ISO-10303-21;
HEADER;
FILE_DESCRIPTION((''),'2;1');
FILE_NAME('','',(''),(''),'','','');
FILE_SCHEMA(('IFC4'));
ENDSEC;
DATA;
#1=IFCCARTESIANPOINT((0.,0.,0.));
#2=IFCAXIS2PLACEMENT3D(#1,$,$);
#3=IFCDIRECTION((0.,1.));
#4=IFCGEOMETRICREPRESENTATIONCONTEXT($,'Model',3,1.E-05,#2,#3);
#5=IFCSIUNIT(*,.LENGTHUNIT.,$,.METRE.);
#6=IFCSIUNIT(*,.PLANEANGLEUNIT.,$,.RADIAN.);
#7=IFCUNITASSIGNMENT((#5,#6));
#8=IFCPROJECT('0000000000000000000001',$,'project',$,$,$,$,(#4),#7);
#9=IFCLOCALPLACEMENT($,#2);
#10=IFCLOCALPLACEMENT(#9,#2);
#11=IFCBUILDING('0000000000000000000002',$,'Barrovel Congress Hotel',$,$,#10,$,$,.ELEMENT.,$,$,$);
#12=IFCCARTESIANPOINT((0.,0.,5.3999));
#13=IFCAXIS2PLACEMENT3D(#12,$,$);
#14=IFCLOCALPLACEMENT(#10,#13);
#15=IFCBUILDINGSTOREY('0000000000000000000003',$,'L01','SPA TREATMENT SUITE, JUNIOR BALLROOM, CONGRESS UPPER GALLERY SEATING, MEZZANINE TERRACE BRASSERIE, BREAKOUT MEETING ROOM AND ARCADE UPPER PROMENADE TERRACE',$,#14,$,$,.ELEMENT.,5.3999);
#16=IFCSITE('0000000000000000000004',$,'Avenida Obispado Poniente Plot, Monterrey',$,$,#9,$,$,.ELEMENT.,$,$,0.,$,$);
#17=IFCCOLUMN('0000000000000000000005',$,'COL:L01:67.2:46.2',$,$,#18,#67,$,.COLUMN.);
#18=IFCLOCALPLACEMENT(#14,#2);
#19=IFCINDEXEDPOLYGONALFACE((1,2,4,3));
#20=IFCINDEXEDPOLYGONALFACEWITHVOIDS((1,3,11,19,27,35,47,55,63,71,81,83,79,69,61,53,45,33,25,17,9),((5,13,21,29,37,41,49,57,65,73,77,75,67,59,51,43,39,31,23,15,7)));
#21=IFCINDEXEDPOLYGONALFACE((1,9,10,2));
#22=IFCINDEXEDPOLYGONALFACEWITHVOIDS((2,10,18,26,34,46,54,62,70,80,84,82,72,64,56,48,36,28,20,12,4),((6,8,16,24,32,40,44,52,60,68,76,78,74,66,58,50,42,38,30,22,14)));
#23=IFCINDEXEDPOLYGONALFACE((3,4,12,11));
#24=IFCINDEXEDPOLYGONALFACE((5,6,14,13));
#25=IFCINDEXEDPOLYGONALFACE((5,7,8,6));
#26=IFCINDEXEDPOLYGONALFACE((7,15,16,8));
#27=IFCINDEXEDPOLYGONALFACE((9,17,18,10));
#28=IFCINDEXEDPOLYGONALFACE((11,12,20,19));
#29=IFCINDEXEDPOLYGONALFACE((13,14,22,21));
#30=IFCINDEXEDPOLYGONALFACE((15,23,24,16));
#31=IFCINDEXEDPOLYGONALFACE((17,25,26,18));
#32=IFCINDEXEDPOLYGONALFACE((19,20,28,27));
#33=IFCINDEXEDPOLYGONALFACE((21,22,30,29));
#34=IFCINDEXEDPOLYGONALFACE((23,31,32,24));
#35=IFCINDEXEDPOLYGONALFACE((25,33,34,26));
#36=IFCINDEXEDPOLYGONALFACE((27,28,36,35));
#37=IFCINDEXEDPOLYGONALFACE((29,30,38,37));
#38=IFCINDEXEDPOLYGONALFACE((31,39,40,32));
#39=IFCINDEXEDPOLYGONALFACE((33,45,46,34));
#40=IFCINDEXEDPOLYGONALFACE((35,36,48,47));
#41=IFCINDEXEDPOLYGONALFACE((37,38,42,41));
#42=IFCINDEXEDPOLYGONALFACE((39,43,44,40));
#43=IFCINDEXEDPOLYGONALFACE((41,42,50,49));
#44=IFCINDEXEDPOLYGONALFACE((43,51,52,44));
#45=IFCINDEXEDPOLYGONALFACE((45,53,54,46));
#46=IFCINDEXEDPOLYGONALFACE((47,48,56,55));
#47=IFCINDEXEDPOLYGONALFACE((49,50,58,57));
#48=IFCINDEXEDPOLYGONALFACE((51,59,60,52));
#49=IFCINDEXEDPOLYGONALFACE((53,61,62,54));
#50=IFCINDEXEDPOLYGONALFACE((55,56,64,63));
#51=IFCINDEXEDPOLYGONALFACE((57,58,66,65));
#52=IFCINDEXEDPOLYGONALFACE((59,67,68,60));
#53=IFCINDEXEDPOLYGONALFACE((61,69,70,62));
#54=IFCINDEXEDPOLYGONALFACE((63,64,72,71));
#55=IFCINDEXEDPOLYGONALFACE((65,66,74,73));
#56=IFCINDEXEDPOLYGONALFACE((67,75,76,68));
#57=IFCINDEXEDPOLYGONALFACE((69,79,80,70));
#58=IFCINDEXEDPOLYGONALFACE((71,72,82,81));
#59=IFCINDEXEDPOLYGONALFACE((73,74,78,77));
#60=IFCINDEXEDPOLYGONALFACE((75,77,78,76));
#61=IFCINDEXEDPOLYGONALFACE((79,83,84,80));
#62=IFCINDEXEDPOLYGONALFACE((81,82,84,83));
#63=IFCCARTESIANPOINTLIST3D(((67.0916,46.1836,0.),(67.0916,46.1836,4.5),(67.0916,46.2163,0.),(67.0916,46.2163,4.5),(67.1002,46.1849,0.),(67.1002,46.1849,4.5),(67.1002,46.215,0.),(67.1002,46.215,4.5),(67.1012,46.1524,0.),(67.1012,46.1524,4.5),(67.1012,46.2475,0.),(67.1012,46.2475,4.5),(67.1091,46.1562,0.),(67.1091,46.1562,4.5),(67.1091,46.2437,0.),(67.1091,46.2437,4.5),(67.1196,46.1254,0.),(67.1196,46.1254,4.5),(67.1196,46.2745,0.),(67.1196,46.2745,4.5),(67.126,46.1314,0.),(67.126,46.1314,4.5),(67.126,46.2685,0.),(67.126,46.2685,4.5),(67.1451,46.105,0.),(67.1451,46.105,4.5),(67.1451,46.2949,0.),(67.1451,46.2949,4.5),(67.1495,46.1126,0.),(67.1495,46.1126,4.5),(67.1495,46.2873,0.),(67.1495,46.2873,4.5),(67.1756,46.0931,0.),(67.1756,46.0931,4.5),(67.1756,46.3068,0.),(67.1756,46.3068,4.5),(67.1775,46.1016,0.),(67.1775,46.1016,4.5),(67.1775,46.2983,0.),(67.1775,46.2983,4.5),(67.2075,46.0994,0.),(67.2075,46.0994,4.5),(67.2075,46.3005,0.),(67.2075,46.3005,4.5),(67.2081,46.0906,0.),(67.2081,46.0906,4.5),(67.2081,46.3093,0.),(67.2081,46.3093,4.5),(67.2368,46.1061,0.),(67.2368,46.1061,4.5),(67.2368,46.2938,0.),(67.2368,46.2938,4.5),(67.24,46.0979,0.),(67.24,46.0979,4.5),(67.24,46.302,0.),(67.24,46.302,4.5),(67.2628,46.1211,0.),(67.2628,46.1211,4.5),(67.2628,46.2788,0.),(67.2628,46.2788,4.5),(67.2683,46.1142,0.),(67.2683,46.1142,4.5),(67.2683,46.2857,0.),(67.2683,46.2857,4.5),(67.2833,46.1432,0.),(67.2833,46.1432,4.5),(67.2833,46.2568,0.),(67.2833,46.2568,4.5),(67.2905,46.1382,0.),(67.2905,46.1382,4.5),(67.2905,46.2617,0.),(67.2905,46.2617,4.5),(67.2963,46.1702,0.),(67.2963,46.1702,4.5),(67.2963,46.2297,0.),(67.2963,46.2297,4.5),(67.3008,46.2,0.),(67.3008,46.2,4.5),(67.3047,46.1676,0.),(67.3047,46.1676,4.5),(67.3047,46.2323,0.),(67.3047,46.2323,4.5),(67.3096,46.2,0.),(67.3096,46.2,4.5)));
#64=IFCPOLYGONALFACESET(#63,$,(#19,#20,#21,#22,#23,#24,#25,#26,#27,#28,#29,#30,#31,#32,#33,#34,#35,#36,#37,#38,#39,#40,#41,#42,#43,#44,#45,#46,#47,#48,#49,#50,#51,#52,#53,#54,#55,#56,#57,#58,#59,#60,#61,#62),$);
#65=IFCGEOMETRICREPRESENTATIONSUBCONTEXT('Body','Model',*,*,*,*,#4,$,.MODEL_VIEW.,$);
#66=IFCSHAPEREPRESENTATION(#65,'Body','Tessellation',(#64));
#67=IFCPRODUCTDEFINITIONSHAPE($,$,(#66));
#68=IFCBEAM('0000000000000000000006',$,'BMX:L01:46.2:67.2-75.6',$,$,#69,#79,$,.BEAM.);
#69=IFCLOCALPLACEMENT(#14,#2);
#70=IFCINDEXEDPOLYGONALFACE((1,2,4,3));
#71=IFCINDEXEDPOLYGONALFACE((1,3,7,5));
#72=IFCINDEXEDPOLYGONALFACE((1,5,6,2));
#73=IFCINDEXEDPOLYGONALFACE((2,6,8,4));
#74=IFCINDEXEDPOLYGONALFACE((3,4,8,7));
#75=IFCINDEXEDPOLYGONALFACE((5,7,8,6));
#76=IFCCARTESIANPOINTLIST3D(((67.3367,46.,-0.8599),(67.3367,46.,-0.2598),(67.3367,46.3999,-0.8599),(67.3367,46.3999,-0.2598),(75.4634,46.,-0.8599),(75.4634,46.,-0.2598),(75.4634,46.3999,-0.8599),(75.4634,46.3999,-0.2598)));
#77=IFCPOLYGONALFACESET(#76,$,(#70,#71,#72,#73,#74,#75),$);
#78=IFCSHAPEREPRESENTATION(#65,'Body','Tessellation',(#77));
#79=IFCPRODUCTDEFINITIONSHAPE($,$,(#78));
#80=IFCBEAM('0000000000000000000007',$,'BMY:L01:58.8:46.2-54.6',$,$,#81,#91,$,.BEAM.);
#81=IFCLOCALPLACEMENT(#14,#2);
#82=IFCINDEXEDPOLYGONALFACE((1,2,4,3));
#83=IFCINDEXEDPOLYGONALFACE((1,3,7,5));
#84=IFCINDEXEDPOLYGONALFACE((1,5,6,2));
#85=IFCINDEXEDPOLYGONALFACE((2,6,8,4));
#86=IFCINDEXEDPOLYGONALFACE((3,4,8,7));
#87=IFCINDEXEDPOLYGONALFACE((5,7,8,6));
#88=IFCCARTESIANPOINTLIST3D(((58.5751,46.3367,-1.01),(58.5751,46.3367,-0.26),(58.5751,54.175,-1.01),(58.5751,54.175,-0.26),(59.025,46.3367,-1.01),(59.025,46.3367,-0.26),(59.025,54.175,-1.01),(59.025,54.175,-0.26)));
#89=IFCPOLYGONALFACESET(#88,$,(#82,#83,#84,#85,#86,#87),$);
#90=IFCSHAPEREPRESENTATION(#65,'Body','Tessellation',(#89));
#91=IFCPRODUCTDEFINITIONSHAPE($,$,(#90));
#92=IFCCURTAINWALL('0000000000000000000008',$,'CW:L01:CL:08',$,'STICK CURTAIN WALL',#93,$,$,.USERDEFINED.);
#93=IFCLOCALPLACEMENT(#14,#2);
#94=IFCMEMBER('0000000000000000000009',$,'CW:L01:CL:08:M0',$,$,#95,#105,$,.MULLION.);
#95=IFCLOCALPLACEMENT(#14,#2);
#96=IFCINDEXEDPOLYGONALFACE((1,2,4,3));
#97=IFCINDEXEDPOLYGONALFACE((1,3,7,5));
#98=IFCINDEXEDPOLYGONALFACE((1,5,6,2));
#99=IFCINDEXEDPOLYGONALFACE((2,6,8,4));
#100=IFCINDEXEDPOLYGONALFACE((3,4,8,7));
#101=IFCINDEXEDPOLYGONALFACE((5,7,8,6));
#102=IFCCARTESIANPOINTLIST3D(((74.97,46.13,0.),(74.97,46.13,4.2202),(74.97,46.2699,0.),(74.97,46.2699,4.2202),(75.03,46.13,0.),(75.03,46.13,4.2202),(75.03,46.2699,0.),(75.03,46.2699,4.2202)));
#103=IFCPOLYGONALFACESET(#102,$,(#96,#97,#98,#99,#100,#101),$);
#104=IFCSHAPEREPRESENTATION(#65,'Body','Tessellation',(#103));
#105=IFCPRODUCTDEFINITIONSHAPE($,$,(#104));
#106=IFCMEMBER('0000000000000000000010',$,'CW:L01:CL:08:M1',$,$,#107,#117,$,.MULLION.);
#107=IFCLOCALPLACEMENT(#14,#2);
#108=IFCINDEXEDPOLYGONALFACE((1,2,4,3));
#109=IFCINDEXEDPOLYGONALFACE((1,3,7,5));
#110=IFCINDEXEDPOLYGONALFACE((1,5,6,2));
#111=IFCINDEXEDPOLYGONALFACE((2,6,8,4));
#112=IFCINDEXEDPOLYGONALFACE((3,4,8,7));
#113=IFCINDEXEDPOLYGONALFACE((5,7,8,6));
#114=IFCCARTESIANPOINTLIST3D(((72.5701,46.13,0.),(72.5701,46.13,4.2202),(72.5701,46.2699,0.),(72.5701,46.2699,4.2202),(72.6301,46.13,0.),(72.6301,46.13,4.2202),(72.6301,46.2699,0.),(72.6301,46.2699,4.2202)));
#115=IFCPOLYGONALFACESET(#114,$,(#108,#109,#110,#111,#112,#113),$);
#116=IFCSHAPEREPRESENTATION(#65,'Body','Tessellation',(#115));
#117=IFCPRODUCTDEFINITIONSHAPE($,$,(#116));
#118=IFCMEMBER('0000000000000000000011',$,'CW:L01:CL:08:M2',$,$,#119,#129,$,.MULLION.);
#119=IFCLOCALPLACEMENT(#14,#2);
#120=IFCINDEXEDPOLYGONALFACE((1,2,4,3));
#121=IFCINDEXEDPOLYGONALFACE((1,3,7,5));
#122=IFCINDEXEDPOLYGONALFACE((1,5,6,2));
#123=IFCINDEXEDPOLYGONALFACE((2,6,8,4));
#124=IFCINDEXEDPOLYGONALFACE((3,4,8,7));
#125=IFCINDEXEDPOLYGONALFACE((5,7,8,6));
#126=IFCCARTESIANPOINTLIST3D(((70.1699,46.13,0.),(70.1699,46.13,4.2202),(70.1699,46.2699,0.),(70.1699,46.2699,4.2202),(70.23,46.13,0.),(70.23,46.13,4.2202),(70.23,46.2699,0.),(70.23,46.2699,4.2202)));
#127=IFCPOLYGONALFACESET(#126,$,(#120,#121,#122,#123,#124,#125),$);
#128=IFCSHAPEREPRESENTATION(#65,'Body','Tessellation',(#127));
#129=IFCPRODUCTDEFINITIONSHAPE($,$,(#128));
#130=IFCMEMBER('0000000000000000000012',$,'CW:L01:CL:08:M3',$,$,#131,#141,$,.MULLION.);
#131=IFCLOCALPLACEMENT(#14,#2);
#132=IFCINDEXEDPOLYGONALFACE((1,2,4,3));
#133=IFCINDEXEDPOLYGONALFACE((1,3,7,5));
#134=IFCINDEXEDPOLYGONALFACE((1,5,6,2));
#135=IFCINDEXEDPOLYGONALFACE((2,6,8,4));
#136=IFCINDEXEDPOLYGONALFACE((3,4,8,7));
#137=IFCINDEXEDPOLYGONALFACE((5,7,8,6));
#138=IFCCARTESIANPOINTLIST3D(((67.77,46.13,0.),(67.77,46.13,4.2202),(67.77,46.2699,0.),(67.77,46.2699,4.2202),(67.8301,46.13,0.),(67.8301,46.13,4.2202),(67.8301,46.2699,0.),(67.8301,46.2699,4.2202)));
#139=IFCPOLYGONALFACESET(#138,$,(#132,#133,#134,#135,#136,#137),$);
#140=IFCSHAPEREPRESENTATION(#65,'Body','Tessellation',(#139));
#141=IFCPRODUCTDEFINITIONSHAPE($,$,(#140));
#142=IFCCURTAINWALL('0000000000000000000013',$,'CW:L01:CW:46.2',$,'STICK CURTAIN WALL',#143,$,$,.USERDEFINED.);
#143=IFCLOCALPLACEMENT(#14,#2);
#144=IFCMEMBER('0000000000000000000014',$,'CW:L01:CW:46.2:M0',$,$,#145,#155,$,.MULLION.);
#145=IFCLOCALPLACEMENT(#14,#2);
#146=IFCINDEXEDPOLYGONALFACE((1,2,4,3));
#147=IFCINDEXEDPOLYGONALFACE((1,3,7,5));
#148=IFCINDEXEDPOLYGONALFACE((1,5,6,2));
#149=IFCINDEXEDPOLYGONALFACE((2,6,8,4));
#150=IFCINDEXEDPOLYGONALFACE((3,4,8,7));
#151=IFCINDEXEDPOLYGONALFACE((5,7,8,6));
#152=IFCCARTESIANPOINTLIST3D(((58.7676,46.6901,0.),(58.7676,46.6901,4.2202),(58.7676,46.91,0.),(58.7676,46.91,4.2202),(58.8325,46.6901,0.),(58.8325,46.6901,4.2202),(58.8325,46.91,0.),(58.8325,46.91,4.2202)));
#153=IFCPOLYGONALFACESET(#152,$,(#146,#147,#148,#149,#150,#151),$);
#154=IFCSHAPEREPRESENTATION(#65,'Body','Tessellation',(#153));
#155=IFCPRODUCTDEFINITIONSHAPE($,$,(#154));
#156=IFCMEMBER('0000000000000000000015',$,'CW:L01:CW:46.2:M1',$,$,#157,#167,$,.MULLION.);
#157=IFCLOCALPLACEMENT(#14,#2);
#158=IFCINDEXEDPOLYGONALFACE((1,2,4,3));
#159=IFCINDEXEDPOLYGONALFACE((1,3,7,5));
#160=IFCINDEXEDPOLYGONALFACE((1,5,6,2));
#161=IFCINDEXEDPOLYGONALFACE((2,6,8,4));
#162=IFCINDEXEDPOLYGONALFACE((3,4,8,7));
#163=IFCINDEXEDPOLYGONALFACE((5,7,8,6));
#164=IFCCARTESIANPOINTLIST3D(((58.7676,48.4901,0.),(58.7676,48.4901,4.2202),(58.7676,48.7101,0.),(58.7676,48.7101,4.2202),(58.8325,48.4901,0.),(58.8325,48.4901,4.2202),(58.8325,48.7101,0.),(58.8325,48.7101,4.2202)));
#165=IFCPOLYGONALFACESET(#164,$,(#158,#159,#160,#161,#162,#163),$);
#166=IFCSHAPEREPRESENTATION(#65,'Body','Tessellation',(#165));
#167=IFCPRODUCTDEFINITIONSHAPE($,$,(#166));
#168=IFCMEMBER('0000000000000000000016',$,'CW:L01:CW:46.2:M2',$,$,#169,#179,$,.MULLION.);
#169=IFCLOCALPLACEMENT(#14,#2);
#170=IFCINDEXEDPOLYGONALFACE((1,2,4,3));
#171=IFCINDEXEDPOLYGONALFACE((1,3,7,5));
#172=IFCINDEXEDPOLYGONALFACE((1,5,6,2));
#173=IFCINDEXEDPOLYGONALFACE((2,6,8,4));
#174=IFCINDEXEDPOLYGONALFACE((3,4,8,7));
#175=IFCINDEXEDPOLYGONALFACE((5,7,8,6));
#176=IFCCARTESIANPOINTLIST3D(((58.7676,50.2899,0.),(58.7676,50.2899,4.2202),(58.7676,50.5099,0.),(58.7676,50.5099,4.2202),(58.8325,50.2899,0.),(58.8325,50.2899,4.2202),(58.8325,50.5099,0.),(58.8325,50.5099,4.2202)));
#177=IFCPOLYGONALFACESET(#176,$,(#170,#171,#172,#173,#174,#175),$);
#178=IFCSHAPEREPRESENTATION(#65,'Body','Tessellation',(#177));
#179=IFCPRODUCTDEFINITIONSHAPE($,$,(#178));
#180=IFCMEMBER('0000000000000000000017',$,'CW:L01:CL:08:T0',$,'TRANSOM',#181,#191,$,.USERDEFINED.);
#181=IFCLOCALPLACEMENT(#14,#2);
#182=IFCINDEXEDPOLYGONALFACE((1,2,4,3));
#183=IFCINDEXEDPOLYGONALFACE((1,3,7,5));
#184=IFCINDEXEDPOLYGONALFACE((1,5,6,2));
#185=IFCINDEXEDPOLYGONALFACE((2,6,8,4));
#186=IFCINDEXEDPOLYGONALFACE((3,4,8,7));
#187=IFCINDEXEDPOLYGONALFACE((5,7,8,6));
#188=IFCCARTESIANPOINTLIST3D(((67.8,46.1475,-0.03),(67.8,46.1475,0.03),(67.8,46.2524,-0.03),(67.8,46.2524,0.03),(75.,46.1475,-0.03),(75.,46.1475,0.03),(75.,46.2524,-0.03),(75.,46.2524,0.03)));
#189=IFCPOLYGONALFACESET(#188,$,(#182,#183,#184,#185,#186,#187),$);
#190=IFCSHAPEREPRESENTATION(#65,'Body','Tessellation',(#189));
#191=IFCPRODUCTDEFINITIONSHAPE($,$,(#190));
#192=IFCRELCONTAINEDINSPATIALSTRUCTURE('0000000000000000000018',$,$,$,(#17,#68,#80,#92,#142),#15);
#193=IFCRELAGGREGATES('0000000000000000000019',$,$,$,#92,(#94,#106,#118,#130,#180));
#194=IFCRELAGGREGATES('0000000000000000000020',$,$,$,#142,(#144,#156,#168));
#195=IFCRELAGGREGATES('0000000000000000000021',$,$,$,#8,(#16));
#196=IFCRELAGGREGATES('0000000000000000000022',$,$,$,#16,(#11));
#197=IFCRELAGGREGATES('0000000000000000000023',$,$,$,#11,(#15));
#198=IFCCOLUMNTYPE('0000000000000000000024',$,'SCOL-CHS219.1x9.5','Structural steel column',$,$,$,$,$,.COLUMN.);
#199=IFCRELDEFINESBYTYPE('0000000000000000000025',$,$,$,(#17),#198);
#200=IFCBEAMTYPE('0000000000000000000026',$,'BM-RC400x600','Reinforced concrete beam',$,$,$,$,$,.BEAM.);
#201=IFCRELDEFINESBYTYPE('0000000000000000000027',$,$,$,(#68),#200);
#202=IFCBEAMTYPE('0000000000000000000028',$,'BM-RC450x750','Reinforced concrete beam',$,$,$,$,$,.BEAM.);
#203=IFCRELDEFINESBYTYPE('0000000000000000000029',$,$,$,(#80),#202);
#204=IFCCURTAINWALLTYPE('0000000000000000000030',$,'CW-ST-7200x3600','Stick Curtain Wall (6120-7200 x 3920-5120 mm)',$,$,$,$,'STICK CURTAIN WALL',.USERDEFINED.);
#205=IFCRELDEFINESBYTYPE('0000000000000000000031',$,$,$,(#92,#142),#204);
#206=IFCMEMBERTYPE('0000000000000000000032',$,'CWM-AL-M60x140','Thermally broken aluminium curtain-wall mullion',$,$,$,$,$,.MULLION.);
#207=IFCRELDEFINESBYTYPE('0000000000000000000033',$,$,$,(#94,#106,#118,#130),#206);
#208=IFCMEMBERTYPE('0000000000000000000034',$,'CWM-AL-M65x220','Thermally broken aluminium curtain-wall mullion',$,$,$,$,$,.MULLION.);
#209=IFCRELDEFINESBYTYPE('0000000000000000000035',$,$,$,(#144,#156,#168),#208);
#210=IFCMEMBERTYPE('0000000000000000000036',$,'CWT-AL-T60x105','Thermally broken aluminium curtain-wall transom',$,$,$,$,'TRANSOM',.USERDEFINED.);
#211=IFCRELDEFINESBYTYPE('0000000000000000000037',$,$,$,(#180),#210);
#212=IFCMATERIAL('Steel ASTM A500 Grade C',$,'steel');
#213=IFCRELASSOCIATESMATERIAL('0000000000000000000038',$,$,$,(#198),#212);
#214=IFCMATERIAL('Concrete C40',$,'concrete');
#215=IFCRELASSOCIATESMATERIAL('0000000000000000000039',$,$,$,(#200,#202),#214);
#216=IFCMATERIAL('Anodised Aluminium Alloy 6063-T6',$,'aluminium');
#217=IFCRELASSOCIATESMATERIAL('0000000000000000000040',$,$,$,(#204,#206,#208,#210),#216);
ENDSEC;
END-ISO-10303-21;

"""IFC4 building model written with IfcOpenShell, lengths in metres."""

from ifc_helpers import new_model, si_unit, direction, frame, origin, origin_2d, place, context, subcontext, project, spatial, rectangle, hollow_circle, extrude, material, material_profile, profile_set, type_object, element, aggregate, save


model = new_model("IFC4")

# Units and contexts
model_context = context("Model", 3, precision=1e-05, world=origin(), true_north=direction((0.0, 1.0)))
body_context = subcontext(model_context, "Body", "Model", "MODEL_VIEW")
ifc_project = project(units=[si_unit("LENGTHUNIT", "METRE"), si_unit("PLANEANGLEUNIT", "RADIAN")], contexts=[model_context])

# Site, building, storey
site_placement = place(None, origin())
site = spatial("IfcSite", under=ifc_project, at=site_placement, Name="Avenida Obispado Poniente Plot, Monterrey", CompositionType="ELEMENT", RefElevation=0.0)
building_placement = place(site_placement, origin())
building = spatial("IfcBuilding", under=site, at=building_placement, Name="Barrovel Congress Hotel", CompositionType="ELEMENT")
storey_placement = place(building_placement, frame((0.0, 0.0, 5.3999)))
storey = spatial("IfcBuildingStorey", under=building, at=storey_placement, Name="L01", Description="SPA TREATMENT SUITE, JUNIOR BALLROOM, CONGRESS UPPER GALLERY SEATING, MEZZANINE TERRACE BRASSERIE, BREAKOUT MEETING ROOM AND ARCADE UPPER PROMENADE TERRACE", CompositionType="ELEMENT", Elevation=5.3999)

# Column
ifc_material_1 = material(Name="Steel ASTM A500 Grade C", Category="steel")
ifc_material_profile_1 = material_profile(ifc_material_1, hollow_circle(Radius=0.1096, WallThickness=0.0088, at=origin_2d()), Name="CHS219.1x9.5")
ifc_profile_set_1 = profile_set([ifc_material_profile_1], Name="Steel ASTM A500 Grade C")
column_type = type_object("IfcColumnType", Name="SCOL-CHS219.1x9.5", Description="Structural steel column", PredefinedType="COLUMN", material=ifc_profile_set_1)
column_placement = place(storey_placement, frame((67.2, 46.2, 0.0), z_axis=(0.0, 0.0, 1.0), x_axis=(1.0, 0.0, 0.0)))
element("IfcColumn", 1, at=column_placement, inside=storey, type_object=column_type, Name="COL:L01:67.2:46.2", PredefinedType="COLUMN", context=body_context, shape_type="SweptSolid", body=[
    extrude(hollow_circle(Radius=0.1096, WallThickness=0.0088, at=origin_2d()), origin(), (0.0, 0.0, 1.0), 4.5),
])

# Beams
ifc_material_2 = material(Name="Concrete C40", Category="concrete")
ifc_material_profile_2 = material_profile(ifc_material_2, rectangle(XDim=0.3999, YDim=0.6001, at=origin_2d()), Name="RC400x600")
ifc_profile_set_2 = profile_set([ifc_material_profile_2], Name="Concrete C40")
beam_type_1 = type_object("IfcBeamType", Name="BM-RC400x600", Description="Reinforced concrete beam", PredefinedType="BEAM", material=ifc_profile_set_2)
beam_1_placement = place(storey_placement, frame((67.3367, 46.2, -0.5598), z_axis=(1.0, 0.0, 0.0), x_axis=(0.0, 1.0, 0.0)))
element("IfcBeam", 2, at=beam_1_placement, inside=storey, type_object=beam_type_1, Name="BMX:L01:46.2:67.2-75.6", PredefinedType="BEAM", context=body_context, shape_type="SweptSolid", body=[
    extrude(rectangle(XDim=0.3999, YDim=0.6001, at=origin_2d()), origin(), (0.0, 0.0, 1.0), 8.1267),
])
ifc_material_profile_3 = material_profile(ifc_material_2, rectangle(XDim=0.45, YDim=0.75, at=origin_2d()), Name="RC450x750")
ifc_profile_set_3 = profile_set([ifc_material_profile_3], Name="Concrete C40")
beam_type_2 = type_object("IfcBeamType", Name="BM-RC450x750", Description="Reinforced concrete beam", PredefinedType="BEAM", material=ifc_profile_set_3)
beam_2_placement = place(storey_placement, frame((58.8, 46.3367, -0.635), z_axis=(0.0, 1.0, 0.0), x_axis=(-1.0, 0.0, 0.0)))
element("IfcBeam", 3, at=beam_2_placement, inside=storey, type_object=beam_type_2, Name="BMY:L01:58.8:46.2-54.6", PredefinedType="BEAM", context=body_context, shape_type="SweptSolid", body=[
    extrude(rectangle(XDim=0.45, YDim=0.75, at=origin_2d()), origin(), (0.0, 0.0, 1.0), 7.8384),
])

# Curtain walls, members
ifc_material_3 = material(Name="Anodised Aluminium Alloy 6063-T6", Category="aluminium")
curtain_wall_type = type_object("IfcCurtainWallType", Name="CW-ST-7200x3600", Description="Stick Curtain Wall (6120-7200 x 3920-5120 mm)", ElementType="STICK CURTAIN WALL", PredefinedType="USERDEFINED", material=ifc_material_3)
curtain_wall_1_placement = place(storey_placement, origin())
curtain_wall_1 = element("IfcCurtainWall", 4, at=curtain_wall_1_placement, inside=storey, type_object=curtain_wall_type, Name="CW:L01:CL:08", ObjectType="STICK CURTAIN WALL", PredefinedType="USERDEFINED")
ifc_material_profile_4 = material_profile(ifc_material_3, rectangle(XDim=0.0601, YDim=0.1399, at=origin_2d()), Name="AL-M60x140")
ifc_profile_set_4 = profile_set([ifc_material_profile_4], Name="Anodised Aluminium Alloy 6063-T6")
member_type_1 = type_object("IfcMemberType", Name="CWM-AL-M60x140", Description="Thermally broken aluminium curtain-wall mullion", PredefinedType="MULLION", material=ifc_profile_set_4)
member_1_placement = place(storey_placement, frame((75.0, 46.2, 0.0), z_axis=(0.0, 0.0, 1.0), x_axis=(1.0, 0.0, 0.0)))
member_1 = element("IfcMember", 5, at=member_1_placement, type_object=member_type_1, Name="CW:L01:CL:08:M0", PredefinedType="MULLION", context=body_context, shape_type="SweptSolid", body=[
    extrude(rectangle(XDim=0.0601, YDim=0.1399, at=origin_2d()), origin(), (0.0, 0.0, 1.0), 4.2202),
])
member_2_placement = place(storey_placement, frame((72.6001, 46.2, 0.0), z_axis=(0.0, 0.0, 1.0), x_axis=(1.0, 0.0, 0.0)))
member_2 = element("IfcMember", 6, at=member_2_placement, type_object=member_type_1, Name="CW:L01:CL:08:M1", PredefinedType="MULLION", context=body_context, shape_type="SweptSolid", body=[
    extrude(rectangle(XDim=0.0601, YDim=0.1399, at=origin_2d()), origin(), (0.0, 0.0, 1.0), 4.2202),
])
member_3_placement = place(storey_placement, frame((70.2, 46.2, 0.0), z_axis=(0.0, 0.0, 1.0), x_axis=(1.0, 0.0, 0.0)))
member_3 = element("IfcMember", 7, at=member_3_placement, type_object=member_type_1, Name="CW:L01:CL:08:M2", PredefinedType="MULLION", context=body_context, shape_type="SweptSolid", body=[
    extrude(rectangle(XDim=0.0601, YDim=0.1399, at=origin_2d()), origin(), (0.0, 0.0, 1.0), 4.2202),
])
member_4_placement = place(storey_placement, frame((67.8, 46.2, 0.0), z_axis=(0.0, 0.0, 1.0), x_axis=(1.0, 0.0, 0.0)))
member_4 = element("IfcMember", 8, at=member_4_placement, type_object=member_type_1, Name="CW:L01:CL:08:M3", PredefinedType="MULLION", context=body_context, shape_type="SweptSolid", body=[
    extrude(rectangle(XDim=0.0601, YDim=0.1399, at=origin_2d()), origin(), (0.0, 0.0, 1.0), 4.2202),
])
curtain_wall_2_placement = place(storey_placement, origin())
curtain_wall_2 = element("IfcCurtainWall", 9, at=curtain_wall_2_placement, inside=storey, type_object=curtain_wall_type, Name="CW:L01:CW:46.2", ObjectType="STICK CURTAIN WALL", PredefinedType="USERDEFINED")
ifc_material_profile_5 = material_profile(ifc_material_3, rectangle(XDim=0.0649, YDim=0.22, at=origin_2d()), Name="AL-M65x220")
ifc_profile_set_5 = profile_set([ifc_material_profile_5], Name="Anodised Aluminium Alloy 6063-T6")
member_type_2 = type_object("IfcMemberType", Name="CWM-AL-M65x220", Description="Thermally broken aluminium curtain-wall mullion", PredefinedType="MULLION", material=ifc_profile_set_5)
member_5_placement = place(storey_placement, frame((58.8, 46.8, 0.0), z_axis=(0.0, 0.0, 1.0), x_axis=(1.0, 0.0, 0.0)))
member_5 = element("IfcMember", 10, at=member_5_placement, type_object=member_type_2, Name="CW:L01:CW:46.2:M0", PredefinedType="MULLION", context=body_context, shape_type="SweptSolid", body=[
    extrude(rectangle(XDim=0.0649, YDim=0.22, at=origin_2d()), origin(), (0.0, 0.0, 1.0), 4.2202),
])
member_6_placement = place(storey_placement, frame((58.8, 48.6001, 0.0), z_axis=(0.0, 0.0, 1.0), x_axis=(1.0, 0.0, 0.0)))
member_6 = element("IfcMember", 11, at=member_6_placement, type_object=member_type_2, Name="CW:L01:CW:46.2:M1", PredefinedType="MULLION", context=body_context, shape_type="SweptSolid", body=[
    extrude(rectangle(XDim=0.0649, YDim=0.22, at=origin_2d()), origin(), (0.0, 0.0, 1.0), 4.2202),
])
member_7_placement = place(storey_placement, frame((58.8, 50.3999, 0.0), z_axis=(0.0, 0.0, 1.0), x_axis=(1.0, 0.0, 0.0)))
member_7 = element("IfcMember", 12, at=member_7_placement, type_object=member_type_2, Name="CW:L01:CW:46.2:M2", PredefinedType="MULLION", context=body_context, shape_type="SweptSolid", body=[
    extrude(rectangle(XDim=0.0649, YDim=0.22, at=origin_2d()), origin(), (0.0, 0.0, 1.0), 4.2202),
])

# Member
ifc_material_profile_6 = material_profile(ifc_material_3, rectangle(XDim=0.105, YDim=0.0601, at=origin_2d()), Name="AL-T60x105")
ifc_profile_set_6 = profile_set([ifc_material_profile_6], Name="Anodised Aluminium Alloy 6063-T6")
member_type_3 = type_object("IfcMemberType", Name="CWT-AL-T60x105", Description="Thermally broken aluminium curtain-wall transom", ElementType="TRANSOM", PredefinedType="USERDEFINED", material=ifc_profile_set_6)
member_8_placement = place(storey_placement, frame((75.0, 46.2, 0.0), z_axis=(-1.0, 0.0, 0.0), x_axis=(0.0, -1.0, 0.0)))
member_8 = element("IfcMember", 13, at=member_8_placement, type_object=member_type_3, Name="CW:L01:CL:08:T0", ObjectType="TRANSOM", PredefinedType="USERDEFINED", context=body_context, shape_type="SweptSolid", body=[
    extrude(rectangle(XDim=0.105, YDim=0.0601, at=origin_2d()), origin(), (0.0, 0.0, 1.0), 7.2),
])

aggregate(curtain_wall_1, [member_1, member_2, member_3, member_4, member_8])
aggregate(curtain_wall_2, [member_5, member_6, member_7])

save(model, "model.ifc")
